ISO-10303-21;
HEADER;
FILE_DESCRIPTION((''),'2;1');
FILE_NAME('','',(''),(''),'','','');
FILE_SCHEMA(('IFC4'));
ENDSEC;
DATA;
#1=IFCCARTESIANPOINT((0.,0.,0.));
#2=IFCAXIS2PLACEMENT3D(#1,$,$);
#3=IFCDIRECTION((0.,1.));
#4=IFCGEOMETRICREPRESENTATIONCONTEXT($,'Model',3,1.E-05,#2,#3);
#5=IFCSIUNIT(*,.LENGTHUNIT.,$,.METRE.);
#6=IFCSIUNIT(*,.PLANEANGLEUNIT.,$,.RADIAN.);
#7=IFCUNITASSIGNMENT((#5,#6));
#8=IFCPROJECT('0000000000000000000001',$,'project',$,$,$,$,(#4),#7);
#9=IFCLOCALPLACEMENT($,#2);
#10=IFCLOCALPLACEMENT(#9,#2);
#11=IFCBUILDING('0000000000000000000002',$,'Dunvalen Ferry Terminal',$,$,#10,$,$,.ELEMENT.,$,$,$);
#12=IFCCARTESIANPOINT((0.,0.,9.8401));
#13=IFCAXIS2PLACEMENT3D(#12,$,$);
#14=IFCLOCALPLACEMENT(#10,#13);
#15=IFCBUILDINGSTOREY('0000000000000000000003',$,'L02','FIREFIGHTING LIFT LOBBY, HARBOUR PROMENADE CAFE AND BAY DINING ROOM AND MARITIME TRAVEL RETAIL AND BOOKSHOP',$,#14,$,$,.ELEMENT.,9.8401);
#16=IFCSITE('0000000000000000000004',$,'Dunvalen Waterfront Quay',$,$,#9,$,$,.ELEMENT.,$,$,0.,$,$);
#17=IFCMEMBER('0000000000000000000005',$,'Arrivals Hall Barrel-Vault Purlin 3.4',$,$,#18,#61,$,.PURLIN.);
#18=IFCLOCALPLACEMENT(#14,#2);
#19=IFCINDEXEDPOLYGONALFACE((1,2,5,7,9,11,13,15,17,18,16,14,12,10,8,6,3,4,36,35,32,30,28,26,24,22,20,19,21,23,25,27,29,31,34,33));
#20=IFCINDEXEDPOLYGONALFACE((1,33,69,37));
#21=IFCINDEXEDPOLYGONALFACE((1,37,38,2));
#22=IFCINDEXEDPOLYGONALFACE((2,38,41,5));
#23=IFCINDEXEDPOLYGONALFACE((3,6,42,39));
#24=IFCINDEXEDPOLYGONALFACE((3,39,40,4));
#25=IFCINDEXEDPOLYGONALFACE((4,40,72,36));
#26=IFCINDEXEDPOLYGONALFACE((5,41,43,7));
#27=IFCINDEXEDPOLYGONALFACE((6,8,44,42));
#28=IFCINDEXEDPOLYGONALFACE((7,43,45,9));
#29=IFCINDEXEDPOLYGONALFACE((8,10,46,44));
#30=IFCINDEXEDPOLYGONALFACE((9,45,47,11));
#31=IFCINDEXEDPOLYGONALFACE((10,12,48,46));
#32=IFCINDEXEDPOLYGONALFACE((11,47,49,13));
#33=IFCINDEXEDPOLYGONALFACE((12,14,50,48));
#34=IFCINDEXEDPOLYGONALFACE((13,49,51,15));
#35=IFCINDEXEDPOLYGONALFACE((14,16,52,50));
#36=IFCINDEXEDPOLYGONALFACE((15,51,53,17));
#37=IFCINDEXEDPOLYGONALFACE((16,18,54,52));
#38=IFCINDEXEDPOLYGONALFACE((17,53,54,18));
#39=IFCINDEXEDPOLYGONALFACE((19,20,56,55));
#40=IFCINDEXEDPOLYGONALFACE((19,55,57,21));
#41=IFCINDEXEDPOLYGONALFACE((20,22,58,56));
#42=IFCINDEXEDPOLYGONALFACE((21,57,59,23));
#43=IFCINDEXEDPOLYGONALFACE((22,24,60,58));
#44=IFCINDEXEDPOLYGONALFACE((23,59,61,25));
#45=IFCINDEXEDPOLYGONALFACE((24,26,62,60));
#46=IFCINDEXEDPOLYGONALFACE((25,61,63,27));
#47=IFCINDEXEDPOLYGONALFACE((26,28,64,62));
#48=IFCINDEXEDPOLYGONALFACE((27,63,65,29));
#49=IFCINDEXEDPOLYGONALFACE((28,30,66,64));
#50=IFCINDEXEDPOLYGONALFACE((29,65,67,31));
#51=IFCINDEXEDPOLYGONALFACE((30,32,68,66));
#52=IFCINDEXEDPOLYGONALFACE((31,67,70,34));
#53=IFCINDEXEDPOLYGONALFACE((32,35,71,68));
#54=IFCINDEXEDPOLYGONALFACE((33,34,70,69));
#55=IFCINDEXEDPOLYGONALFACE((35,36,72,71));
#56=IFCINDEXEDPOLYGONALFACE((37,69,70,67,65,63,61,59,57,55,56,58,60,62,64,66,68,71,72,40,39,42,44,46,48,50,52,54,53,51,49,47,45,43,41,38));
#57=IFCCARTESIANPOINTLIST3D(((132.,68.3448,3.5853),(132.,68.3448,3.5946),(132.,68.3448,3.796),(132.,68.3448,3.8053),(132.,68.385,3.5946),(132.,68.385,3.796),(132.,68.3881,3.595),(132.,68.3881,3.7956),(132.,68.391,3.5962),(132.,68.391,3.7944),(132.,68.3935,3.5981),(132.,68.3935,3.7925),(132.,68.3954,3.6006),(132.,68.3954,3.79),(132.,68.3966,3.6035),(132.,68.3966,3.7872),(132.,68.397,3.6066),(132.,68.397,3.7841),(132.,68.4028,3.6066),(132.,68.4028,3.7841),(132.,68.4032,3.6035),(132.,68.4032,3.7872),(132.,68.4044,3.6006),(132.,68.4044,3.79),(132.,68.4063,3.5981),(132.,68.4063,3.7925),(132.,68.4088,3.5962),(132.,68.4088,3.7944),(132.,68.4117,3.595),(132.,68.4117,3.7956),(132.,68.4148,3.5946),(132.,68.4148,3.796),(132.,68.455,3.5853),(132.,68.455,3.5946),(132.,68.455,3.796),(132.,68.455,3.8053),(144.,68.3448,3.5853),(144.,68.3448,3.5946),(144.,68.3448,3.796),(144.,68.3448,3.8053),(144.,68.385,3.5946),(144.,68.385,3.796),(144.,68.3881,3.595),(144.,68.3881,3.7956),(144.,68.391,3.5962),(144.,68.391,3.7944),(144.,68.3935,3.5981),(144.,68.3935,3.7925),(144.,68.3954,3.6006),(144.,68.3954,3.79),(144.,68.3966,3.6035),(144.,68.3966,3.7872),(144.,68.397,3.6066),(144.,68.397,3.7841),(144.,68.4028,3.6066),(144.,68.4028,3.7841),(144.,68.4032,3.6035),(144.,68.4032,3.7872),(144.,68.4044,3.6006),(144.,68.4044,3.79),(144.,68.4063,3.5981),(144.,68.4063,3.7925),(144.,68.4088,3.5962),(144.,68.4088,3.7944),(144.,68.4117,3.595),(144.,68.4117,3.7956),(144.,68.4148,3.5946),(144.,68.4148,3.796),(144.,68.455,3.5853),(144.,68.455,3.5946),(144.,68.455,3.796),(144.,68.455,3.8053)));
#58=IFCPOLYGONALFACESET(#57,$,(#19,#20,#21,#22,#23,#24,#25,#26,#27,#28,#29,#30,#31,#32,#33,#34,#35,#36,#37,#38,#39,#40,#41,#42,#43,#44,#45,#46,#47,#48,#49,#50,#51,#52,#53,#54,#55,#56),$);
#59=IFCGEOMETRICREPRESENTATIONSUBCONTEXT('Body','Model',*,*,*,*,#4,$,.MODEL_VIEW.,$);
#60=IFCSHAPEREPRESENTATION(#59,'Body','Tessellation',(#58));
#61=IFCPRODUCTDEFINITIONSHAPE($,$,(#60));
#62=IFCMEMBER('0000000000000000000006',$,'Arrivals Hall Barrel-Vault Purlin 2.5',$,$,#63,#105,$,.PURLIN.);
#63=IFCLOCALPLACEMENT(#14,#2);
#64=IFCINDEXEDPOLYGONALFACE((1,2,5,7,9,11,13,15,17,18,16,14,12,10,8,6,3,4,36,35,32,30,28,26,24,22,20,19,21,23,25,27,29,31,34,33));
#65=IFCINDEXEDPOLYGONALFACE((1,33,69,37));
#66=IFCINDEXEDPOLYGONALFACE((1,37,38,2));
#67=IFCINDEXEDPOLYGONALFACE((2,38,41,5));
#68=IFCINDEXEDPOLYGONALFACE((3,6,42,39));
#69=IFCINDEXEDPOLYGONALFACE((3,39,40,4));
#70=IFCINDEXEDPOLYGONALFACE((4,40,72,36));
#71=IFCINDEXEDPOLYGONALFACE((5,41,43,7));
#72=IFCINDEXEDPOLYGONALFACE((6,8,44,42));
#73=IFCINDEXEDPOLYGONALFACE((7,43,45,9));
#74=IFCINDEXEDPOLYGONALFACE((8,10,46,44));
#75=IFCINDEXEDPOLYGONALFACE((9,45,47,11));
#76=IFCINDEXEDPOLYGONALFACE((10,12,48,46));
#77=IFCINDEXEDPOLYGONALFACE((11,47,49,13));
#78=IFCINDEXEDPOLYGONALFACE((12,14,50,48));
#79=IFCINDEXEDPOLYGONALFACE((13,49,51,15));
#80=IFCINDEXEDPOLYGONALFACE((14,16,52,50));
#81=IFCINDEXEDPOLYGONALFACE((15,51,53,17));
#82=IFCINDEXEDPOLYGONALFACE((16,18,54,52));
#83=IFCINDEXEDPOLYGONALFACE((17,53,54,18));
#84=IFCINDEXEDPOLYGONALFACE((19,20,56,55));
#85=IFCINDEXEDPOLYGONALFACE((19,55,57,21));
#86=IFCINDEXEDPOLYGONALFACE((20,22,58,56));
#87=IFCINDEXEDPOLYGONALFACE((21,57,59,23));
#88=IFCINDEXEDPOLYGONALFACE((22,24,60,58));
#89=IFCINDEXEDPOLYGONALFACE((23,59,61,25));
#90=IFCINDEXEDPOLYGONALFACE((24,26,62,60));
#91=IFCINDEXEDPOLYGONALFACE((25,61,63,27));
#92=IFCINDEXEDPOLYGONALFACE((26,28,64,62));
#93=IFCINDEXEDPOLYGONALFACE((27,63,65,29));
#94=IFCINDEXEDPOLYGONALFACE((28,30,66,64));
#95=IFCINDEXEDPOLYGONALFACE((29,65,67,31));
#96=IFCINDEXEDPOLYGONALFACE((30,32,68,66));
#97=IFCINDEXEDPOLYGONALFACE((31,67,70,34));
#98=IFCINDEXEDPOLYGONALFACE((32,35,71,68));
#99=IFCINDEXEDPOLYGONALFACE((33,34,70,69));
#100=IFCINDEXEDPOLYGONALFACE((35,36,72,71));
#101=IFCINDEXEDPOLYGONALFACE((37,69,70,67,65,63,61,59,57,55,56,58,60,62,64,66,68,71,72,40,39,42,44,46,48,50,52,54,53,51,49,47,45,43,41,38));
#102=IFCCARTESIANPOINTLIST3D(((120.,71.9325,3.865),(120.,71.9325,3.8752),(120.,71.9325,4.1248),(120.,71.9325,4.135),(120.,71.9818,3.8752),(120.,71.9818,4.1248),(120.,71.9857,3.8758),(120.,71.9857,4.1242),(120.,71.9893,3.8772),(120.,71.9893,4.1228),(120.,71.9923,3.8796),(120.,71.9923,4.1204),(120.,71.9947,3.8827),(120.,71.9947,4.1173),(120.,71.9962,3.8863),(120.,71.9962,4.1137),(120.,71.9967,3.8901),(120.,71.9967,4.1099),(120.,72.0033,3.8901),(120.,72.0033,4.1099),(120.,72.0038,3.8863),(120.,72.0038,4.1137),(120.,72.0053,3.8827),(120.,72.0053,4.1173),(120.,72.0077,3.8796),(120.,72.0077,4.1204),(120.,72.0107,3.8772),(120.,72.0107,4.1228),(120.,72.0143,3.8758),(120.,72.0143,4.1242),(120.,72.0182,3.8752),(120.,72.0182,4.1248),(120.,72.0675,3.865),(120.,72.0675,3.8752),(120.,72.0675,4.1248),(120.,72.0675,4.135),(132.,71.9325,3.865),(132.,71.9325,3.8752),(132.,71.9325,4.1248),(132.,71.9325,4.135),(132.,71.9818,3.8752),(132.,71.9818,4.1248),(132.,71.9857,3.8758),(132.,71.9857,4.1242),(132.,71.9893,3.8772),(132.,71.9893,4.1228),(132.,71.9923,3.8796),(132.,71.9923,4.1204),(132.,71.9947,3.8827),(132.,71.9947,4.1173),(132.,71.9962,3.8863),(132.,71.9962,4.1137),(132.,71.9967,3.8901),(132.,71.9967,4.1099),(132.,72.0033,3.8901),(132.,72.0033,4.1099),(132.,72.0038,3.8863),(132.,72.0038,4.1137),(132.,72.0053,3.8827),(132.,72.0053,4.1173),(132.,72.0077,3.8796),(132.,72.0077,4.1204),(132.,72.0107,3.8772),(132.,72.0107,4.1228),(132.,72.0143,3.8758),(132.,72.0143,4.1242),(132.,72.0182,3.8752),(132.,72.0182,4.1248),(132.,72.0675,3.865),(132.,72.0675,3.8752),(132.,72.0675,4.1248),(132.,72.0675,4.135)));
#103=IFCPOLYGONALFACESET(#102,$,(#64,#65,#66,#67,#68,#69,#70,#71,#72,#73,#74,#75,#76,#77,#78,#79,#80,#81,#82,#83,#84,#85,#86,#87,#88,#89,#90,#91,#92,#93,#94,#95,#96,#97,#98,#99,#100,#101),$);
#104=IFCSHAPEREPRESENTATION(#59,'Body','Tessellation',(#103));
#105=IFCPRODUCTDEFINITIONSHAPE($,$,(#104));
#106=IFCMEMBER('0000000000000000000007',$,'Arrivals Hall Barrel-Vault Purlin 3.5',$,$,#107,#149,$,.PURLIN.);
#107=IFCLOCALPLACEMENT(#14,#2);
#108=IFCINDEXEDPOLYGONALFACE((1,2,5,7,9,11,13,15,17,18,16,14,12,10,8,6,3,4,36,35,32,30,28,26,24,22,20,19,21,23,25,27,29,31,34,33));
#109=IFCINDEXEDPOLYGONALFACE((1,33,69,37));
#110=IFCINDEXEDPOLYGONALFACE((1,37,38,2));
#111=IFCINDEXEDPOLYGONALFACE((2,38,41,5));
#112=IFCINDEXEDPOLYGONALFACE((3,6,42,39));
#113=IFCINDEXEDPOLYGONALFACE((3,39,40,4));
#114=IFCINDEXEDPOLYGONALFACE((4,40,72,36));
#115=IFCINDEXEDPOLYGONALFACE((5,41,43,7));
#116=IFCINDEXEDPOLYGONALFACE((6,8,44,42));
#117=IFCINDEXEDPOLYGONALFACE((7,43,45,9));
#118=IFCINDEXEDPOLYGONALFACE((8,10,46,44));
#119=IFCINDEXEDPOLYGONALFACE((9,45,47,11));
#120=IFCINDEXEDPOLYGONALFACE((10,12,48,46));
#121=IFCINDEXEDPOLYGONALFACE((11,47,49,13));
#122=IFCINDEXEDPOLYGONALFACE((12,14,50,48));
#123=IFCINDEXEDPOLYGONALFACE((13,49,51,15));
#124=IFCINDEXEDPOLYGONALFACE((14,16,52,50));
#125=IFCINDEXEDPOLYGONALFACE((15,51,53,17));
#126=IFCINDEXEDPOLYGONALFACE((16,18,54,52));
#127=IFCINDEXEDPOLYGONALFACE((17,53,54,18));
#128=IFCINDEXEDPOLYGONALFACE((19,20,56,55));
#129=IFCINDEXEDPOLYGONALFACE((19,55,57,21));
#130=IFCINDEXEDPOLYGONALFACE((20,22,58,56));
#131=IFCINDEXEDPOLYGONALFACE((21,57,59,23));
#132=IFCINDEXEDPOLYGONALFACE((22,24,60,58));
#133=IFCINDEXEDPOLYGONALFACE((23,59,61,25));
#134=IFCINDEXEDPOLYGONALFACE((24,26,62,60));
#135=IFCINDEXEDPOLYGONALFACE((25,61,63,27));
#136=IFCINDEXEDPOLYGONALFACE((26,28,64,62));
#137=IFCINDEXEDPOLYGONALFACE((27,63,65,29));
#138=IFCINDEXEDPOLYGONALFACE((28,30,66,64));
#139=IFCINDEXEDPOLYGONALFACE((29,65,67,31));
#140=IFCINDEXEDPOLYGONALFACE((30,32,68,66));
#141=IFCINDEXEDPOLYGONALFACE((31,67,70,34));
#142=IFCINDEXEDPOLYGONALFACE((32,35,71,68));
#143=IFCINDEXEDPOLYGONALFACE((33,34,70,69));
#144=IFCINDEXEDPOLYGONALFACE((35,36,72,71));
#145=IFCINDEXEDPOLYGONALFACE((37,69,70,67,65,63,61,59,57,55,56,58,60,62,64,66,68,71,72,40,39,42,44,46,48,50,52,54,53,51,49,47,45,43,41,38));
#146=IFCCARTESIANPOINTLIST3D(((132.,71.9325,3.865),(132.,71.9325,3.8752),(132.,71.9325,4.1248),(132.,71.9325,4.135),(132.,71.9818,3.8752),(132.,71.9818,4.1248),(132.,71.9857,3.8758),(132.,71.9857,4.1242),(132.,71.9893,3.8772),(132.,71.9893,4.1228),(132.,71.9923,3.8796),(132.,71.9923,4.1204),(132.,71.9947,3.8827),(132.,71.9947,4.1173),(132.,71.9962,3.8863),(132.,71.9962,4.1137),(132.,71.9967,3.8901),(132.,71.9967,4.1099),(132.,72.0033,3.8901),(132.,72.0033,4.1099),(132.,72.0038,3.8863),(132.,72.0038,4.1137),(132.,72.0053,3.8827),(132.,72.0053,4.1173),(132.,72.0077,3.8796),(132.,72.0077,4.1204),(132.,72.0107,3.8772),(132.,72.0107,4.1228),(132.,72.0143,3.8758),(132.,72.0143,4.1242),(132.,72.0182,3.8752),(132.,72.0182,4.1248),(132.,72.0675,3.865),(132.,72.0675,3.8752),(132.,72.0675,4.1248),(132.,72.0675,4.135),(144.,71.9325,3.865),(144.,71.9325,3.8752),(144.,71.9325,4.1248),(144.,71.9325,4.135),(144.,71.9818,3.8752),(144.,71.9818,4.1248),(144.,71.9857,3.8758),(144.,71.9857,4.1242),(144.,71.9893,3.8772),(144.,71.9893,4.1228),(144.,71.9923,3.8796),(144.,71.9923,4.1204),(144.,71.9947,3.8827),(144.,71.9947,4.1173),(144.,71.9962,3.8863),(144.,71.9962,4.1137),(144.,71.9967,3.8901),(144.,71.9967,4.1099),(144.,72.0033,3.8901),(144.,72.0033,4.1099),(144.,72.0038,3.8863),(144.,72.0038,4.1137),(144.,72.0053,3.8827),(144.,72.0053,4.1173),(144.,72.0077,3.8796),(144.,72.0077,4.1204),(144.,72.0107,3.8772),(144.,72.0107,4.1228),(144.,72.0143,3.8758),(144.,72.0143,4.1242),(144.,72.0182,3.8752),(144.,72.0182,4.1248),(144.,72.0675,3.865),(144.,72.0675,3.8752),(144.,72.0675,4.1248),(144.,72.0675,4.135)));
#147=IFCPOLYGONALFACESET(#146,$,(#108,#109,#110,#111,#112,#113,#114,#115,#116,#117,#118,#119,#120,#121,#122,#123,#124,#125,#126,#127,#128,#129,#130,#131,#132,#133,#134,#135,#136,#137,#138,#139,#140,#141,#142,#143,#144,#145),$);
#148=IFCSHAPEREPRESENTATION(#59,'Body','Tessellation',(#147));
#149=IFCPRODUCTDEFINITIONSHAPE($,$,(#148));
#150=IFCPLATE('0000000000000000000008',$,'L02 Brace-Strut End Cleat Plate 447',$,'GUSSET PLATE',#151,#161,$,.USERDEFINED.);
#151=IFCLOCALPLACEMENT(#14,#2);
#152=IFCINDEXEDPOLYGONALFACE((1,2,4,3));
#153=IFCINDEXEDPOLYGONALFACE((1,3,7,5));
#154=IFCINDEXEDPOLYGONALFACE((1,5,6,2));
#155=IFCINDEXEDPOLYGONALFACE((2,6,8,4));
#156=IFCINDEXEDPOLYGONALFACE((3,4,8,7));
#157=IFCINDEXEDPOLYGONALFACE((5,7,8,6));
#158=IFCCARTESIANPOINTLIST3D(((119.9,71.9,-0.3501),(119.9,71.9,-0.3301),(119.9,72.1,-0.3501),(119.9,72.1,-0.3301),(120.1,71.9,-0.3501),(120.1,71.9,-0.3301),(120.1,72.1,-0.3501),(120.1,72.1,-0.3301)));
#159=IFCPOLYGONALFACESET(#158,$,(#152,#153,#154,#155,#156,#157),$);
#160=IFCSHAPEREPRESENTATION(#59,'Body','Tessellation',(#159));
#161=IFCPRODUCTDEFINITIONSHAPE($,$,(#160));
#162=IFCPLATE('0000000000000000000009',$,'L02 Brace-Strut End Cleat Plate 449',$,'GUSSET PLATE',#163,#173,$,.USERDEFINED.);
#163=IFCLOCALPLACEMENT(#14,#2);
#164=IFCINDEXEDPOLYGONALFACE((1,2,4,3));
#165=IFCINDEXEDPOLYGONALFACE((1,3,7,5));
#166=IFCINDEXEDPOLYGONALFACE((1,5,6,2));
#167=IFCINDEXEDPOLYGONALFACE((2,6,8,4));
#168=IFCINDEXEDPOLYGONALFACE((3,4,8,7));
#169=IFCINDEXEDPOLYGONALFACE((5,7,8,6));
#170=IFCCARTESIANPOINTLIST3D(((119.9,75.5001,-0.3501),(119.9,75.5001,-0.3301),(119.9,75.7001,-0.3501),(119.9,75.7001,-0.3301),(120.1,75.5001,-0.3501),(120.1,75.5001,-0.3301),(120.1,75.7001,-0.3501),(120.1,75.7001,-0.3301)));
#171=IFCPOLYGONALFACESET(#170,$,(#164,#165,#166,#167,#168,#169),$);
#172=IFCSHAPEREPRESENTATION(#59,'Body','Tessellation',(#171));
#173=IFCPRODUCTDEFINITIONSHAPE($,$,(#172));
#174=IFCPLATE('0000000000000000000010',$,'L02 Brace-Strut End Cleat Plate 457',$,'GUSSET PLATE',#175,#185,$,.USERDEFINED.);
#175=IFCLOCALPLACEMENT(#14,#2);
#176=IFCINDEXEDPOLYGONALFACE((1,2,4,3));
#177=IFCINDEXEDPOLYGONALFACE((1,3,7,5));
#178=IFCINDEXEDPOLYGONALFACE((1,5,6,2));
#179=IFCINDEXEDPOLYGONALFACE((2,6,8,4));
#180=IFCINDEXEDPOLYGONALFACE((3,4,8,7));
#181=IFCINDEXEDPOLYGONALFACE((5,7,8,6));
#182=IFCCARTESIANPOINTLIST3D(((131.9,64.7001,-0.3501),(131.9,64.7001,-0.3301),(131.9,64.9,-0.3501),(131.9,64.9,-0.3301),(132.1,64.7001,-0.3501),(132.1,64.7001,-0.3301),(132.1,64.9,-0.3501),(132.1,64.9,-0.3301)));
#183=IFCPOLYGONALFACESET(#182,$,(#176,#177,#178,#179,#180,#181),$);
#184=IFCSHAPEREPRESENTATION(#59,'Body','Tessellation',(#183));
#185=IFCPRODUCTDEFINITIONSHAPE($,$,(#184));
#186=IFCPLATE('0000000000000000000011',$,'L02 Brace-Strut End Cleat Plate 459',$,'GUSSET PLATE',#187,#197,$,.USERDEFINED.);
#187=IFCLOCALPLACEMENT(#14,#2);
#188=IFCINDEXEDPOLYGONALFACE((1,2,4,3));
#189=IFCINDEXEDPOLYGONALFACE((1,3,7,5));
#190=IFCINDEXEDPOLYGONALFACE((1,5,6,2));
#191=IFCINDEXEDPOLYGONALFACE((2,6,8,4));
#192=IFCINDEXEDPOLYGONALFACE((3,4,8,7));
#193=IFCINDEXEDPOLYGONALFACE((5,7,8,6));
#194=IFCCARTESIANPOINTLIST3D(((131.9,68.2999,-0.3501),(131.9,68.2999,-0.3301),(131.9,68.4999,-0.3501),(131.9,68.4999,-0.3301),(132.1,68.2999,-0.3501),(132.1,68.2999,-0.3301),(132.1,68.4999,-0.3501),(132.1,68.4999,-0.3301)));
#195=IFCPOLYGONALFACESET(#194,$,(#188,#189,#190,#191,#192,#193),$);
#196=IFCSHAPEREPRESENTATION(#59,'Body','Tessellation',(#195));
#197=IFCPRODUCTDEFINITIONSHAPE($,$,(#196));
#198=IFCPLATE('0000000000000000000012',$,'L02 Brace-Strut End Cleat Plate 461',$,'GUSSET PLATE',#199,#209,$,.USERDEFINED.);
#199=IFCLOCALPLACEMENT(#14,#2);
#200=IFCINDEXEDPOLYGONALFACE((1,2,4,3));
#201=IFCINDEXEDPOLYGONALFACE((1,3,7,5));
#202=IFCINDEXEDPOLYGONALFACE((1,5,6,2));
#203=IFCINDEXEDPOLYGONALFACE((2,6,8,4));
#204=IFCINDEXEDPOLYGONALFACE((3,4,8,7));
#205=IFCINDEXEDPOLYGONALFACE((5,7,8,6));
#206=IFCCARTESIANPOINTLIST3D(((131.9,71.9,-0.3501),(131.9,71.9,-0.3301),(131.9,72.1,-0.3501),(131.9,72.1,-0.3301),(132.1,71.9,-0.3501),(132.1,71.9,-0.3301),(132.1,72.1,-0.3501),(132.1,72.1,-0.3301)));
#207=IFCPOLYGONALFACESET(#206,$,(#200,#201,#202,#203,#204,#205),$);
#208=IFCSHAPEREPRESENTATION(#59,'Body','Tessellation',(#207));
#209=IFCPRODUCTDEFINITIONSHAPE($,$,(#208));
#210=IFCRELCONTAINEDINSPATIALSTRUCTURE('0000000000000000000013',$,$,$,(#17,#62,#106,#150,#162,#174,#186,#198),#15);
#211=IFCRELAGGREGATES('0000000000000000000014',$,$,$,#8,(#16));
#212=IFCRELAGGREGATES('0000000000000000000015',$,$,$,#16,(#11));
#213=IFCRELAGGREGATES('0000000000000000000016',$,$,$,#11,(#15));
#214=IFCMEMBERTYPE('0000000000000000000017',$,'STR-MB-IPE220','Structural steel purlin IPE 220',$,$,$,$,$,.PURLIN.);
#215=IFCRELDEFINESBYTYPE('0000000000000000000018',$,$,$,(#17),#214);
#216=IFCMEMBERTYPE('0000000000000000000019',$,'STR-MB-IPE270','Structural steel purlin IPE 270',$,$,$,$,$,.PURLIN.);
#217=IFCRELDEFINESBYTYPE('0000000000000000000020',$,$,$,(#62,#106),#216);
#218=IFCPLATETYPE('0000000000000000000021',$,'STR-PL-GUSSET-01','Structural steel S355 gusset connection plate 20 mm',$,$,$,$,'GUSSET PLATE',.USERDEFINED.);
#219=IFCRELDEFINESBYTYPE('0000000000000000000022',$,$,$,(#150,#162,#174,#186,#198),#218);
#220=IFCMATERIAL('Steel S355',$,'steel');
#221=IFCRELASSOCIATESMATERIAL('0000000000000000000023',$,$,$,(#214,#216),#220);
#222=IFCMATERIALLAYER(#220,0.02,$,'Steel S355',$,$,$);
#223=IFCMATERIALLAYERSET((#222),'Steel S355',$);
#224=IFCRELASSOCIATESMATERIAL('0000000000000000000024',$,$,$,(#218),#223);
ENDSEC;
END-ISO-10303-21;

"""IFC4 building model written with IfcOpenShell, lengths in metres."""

from ifc_helpers import new_model, si_unit, direction, frame, origin, origin_2d, place, context, subcontext, project, spatial, rectangle, i_section, extrude, material, layer, layer_set, material_profile, profile_set, type_object, element, save


model = new_model("IFC4")

# Units and contexts
model_context = context("Model", 3, precision=1e-05, world=origin(), true_north=direction((0.0, 1.0)))
body_context = subcontext(model_context, "Body", "Model", "MODEL_VIEW")
ifc_project = project(units=[si_unit("LENGTHUNIT", "METRE"), si_unit("PLANEANGLEUNIT", "RADIAN")], contexts=[model_context])

# Site, building, storey
site_placement = place(None, origin())
site = spatial("IfcSite", under=ifc_project, at=site_placement, Name="Dunvalen Waterfront Quay", CompositionType="ELEMENT", RefElevation=0.0)
building_placement = place(site_placement, origin())
building = spatial("IfcBuilding", under=site, at=building_placement, Name="Dunvalen Ferry Terminal", CompositionType="ELEMENT")
storey_placement = place(building_placement, frame((0.0, 0.0, 9.8401)))
storey = spatial("IfcBuildingStorey", under=building, at=storey_placement, Name="L02", Description="FIREFIGHTING LIFT LOBBY, HARBOUR PROMENADE CAFE AND BAY DINING ROOM AND MARITIME TRAVEL RETAIL AND BOOKSHOP", CompositionType="ELEMENT", Elevation=9.8401)

# Shared definitions
ifc_material_1 = material(Name="Steel S355", Category="steel")

# Members
ifc_material_profile_1 = material_profile(ifc_material_1, i_section(OverallWidth=0.1101, OverallDepth=0.22, WebThickness=0.0059, FlangeThickness=0.0093, FilletRadius=0.012, at=origin_2d()), Name="Steel S355")
ifc_profile_set_1 = profile_set([ifc_material_profile_1], Name="Steel S355")
member_type_1 = type_object("IfcMemberType", Name="STR-MB-IPE220", Description="Structural steel purlin IPE 220", PredefinedType="PURLIN", material=ifc_profile_set_1)
for number, where, z_axis, x_axis, name in (
    (1, (132.0, 68.3999, 3.6953), (1.0, 0.0, 0.0), (0.0, 1.0, 0.0), "Arrivals Hall Barrel-Vault Purlin 3.4"),
):
    element("IfcMember", number, at=place(storey_placement, frame(where, z_axis=z_axis, x_axis=x_axis)), inside=storey, type_object=member_type_1, Name=name, PredefinedType="PURLIN", context=body_context, shape_type="SweptSolid", body=[
        extrude(i_section(OverallWidth=0.1101, OverallDepth=0.22, WebThickness=0.0059, FlangeThickness=0.0093, FilletRadius=0.012, at=origin_2d()), origin(), (0.0, 0.0, 1.0), 12.0),
    ])
ifc_material_profile_2 = material_profile(ifc_material_1, i_section(OverallWidth=0.135, OverallDepth=0.27, WebThickness=0.0066, FlangeThickness=0.0103, FilletRadius=0.0149, at=origin_2d()), Name="Steel S355")
ifc_profile_set_2 = profile_set([ifc_material_profile_2], Name="Steel S355")
member_type_2 = type_object("IfcMemberType", Name="STR-MB-IPE270", Description="Structural steel purlin IPE 270", PredefinedType="PURLIN", material=ifc_profile_set_2)
for number, where, z_axis, x_axis, name in (
    (2, (120.0, 72.0, 4.0), (1.0, 0.0, 0.0), (0.0, 1.0, 0.0), "Arrivals Hall Barrel-Vault Purlin 2.5"),
    (3, (132.0, 72.0, 4.0), (1.0, 0.0, 0.0), (0.0, 1.0, 0.0), "Arrivals Hall Barrel-Vault Purlin 3.5"),
):
    element("IfcMember", number, at=place(storey_placement, frame(where, z_axis=z_axis, x_axis=x_axis)), inside=storey, type_object=member_type_2, Name=name, PredefinedType="PURLIN", context=body_context, shape_type="SweptSolid", body=[
        extrude(i_section(OverallWidth=0.135, OverallDepth=0.27, WebThickness=0.0066, FlangeThickness=0.0103, FilletRadius=0.0149, at=origin_2d()), origin(), (0.0, 0.0, 1.0), 12.0),
    ])

# Plates
ifc_layer_1 = layer(ifc_material_1, 0.02, Name="Steel S355")
ifc_layer_set_1 = layer_set([ifc_layer_1], Name="Steel S355")
plate_type_1 = type_object("IfcPlateType", Name="STR-PL-GUSSET-01", Description="Structural steel S355 gusset connection plate 20 mm", ElementType="GUSSET PLATE", PredefinedType="USERDEFINED", material=ifc_layer_set_1)
for number, where, z_axis, x_axis, name in (
    (4, (120.0, 72.0, -0.3501), (0.0, 0.0, 1.0), (1.0, 0.0, 0.0), "L02 Brace-Strut End Cleat Plate 447"),
    (5, (120.0, 75.6001, -0.3501), (0.0, 0.0, 1.0), (1.0, 0.0, 0.0), "L02 Brace-Strut End Cleat Plate 449"),
    (6, (132.0, 64.8, -0.3501), (0.0, 0.0, 1.0), (1.0, 0.0, 0.0), "L02 Brace-Strut End Cleat Plate 457"),
    (7, (132.0, 68.3999, -0.3501), (0.0, 0.0, 1.0), (1.0, 0.0, 0.0), "L02 Brace-Strut End Cleat Plate 459"),
    (8, (132.0, 72.0, -0.3501), (0.0, 0.0, 1.0), (1.0, 0.0, 0.0), "L02 Brace-Strut End Cleat Plate 461"),
):
    element("IfcPlate", number, at=place(storey_placement, frame(where, z_axis=z_axis, x_axis=x_axis)), inside=storey, type_object=plate_type_1, Name=name, ObjectType="GUSSET PLATE", PredefinedType="USERDEFINED", context=body_context, shape_type="SweptSolid", body=[
        extrude(rectangle(XDim=0.2, YDim=0.2, at=origin_2d()), origin(), (0.0, 0.0, 1.0), 0.02),
    ])

save(model, "model.ifc")
